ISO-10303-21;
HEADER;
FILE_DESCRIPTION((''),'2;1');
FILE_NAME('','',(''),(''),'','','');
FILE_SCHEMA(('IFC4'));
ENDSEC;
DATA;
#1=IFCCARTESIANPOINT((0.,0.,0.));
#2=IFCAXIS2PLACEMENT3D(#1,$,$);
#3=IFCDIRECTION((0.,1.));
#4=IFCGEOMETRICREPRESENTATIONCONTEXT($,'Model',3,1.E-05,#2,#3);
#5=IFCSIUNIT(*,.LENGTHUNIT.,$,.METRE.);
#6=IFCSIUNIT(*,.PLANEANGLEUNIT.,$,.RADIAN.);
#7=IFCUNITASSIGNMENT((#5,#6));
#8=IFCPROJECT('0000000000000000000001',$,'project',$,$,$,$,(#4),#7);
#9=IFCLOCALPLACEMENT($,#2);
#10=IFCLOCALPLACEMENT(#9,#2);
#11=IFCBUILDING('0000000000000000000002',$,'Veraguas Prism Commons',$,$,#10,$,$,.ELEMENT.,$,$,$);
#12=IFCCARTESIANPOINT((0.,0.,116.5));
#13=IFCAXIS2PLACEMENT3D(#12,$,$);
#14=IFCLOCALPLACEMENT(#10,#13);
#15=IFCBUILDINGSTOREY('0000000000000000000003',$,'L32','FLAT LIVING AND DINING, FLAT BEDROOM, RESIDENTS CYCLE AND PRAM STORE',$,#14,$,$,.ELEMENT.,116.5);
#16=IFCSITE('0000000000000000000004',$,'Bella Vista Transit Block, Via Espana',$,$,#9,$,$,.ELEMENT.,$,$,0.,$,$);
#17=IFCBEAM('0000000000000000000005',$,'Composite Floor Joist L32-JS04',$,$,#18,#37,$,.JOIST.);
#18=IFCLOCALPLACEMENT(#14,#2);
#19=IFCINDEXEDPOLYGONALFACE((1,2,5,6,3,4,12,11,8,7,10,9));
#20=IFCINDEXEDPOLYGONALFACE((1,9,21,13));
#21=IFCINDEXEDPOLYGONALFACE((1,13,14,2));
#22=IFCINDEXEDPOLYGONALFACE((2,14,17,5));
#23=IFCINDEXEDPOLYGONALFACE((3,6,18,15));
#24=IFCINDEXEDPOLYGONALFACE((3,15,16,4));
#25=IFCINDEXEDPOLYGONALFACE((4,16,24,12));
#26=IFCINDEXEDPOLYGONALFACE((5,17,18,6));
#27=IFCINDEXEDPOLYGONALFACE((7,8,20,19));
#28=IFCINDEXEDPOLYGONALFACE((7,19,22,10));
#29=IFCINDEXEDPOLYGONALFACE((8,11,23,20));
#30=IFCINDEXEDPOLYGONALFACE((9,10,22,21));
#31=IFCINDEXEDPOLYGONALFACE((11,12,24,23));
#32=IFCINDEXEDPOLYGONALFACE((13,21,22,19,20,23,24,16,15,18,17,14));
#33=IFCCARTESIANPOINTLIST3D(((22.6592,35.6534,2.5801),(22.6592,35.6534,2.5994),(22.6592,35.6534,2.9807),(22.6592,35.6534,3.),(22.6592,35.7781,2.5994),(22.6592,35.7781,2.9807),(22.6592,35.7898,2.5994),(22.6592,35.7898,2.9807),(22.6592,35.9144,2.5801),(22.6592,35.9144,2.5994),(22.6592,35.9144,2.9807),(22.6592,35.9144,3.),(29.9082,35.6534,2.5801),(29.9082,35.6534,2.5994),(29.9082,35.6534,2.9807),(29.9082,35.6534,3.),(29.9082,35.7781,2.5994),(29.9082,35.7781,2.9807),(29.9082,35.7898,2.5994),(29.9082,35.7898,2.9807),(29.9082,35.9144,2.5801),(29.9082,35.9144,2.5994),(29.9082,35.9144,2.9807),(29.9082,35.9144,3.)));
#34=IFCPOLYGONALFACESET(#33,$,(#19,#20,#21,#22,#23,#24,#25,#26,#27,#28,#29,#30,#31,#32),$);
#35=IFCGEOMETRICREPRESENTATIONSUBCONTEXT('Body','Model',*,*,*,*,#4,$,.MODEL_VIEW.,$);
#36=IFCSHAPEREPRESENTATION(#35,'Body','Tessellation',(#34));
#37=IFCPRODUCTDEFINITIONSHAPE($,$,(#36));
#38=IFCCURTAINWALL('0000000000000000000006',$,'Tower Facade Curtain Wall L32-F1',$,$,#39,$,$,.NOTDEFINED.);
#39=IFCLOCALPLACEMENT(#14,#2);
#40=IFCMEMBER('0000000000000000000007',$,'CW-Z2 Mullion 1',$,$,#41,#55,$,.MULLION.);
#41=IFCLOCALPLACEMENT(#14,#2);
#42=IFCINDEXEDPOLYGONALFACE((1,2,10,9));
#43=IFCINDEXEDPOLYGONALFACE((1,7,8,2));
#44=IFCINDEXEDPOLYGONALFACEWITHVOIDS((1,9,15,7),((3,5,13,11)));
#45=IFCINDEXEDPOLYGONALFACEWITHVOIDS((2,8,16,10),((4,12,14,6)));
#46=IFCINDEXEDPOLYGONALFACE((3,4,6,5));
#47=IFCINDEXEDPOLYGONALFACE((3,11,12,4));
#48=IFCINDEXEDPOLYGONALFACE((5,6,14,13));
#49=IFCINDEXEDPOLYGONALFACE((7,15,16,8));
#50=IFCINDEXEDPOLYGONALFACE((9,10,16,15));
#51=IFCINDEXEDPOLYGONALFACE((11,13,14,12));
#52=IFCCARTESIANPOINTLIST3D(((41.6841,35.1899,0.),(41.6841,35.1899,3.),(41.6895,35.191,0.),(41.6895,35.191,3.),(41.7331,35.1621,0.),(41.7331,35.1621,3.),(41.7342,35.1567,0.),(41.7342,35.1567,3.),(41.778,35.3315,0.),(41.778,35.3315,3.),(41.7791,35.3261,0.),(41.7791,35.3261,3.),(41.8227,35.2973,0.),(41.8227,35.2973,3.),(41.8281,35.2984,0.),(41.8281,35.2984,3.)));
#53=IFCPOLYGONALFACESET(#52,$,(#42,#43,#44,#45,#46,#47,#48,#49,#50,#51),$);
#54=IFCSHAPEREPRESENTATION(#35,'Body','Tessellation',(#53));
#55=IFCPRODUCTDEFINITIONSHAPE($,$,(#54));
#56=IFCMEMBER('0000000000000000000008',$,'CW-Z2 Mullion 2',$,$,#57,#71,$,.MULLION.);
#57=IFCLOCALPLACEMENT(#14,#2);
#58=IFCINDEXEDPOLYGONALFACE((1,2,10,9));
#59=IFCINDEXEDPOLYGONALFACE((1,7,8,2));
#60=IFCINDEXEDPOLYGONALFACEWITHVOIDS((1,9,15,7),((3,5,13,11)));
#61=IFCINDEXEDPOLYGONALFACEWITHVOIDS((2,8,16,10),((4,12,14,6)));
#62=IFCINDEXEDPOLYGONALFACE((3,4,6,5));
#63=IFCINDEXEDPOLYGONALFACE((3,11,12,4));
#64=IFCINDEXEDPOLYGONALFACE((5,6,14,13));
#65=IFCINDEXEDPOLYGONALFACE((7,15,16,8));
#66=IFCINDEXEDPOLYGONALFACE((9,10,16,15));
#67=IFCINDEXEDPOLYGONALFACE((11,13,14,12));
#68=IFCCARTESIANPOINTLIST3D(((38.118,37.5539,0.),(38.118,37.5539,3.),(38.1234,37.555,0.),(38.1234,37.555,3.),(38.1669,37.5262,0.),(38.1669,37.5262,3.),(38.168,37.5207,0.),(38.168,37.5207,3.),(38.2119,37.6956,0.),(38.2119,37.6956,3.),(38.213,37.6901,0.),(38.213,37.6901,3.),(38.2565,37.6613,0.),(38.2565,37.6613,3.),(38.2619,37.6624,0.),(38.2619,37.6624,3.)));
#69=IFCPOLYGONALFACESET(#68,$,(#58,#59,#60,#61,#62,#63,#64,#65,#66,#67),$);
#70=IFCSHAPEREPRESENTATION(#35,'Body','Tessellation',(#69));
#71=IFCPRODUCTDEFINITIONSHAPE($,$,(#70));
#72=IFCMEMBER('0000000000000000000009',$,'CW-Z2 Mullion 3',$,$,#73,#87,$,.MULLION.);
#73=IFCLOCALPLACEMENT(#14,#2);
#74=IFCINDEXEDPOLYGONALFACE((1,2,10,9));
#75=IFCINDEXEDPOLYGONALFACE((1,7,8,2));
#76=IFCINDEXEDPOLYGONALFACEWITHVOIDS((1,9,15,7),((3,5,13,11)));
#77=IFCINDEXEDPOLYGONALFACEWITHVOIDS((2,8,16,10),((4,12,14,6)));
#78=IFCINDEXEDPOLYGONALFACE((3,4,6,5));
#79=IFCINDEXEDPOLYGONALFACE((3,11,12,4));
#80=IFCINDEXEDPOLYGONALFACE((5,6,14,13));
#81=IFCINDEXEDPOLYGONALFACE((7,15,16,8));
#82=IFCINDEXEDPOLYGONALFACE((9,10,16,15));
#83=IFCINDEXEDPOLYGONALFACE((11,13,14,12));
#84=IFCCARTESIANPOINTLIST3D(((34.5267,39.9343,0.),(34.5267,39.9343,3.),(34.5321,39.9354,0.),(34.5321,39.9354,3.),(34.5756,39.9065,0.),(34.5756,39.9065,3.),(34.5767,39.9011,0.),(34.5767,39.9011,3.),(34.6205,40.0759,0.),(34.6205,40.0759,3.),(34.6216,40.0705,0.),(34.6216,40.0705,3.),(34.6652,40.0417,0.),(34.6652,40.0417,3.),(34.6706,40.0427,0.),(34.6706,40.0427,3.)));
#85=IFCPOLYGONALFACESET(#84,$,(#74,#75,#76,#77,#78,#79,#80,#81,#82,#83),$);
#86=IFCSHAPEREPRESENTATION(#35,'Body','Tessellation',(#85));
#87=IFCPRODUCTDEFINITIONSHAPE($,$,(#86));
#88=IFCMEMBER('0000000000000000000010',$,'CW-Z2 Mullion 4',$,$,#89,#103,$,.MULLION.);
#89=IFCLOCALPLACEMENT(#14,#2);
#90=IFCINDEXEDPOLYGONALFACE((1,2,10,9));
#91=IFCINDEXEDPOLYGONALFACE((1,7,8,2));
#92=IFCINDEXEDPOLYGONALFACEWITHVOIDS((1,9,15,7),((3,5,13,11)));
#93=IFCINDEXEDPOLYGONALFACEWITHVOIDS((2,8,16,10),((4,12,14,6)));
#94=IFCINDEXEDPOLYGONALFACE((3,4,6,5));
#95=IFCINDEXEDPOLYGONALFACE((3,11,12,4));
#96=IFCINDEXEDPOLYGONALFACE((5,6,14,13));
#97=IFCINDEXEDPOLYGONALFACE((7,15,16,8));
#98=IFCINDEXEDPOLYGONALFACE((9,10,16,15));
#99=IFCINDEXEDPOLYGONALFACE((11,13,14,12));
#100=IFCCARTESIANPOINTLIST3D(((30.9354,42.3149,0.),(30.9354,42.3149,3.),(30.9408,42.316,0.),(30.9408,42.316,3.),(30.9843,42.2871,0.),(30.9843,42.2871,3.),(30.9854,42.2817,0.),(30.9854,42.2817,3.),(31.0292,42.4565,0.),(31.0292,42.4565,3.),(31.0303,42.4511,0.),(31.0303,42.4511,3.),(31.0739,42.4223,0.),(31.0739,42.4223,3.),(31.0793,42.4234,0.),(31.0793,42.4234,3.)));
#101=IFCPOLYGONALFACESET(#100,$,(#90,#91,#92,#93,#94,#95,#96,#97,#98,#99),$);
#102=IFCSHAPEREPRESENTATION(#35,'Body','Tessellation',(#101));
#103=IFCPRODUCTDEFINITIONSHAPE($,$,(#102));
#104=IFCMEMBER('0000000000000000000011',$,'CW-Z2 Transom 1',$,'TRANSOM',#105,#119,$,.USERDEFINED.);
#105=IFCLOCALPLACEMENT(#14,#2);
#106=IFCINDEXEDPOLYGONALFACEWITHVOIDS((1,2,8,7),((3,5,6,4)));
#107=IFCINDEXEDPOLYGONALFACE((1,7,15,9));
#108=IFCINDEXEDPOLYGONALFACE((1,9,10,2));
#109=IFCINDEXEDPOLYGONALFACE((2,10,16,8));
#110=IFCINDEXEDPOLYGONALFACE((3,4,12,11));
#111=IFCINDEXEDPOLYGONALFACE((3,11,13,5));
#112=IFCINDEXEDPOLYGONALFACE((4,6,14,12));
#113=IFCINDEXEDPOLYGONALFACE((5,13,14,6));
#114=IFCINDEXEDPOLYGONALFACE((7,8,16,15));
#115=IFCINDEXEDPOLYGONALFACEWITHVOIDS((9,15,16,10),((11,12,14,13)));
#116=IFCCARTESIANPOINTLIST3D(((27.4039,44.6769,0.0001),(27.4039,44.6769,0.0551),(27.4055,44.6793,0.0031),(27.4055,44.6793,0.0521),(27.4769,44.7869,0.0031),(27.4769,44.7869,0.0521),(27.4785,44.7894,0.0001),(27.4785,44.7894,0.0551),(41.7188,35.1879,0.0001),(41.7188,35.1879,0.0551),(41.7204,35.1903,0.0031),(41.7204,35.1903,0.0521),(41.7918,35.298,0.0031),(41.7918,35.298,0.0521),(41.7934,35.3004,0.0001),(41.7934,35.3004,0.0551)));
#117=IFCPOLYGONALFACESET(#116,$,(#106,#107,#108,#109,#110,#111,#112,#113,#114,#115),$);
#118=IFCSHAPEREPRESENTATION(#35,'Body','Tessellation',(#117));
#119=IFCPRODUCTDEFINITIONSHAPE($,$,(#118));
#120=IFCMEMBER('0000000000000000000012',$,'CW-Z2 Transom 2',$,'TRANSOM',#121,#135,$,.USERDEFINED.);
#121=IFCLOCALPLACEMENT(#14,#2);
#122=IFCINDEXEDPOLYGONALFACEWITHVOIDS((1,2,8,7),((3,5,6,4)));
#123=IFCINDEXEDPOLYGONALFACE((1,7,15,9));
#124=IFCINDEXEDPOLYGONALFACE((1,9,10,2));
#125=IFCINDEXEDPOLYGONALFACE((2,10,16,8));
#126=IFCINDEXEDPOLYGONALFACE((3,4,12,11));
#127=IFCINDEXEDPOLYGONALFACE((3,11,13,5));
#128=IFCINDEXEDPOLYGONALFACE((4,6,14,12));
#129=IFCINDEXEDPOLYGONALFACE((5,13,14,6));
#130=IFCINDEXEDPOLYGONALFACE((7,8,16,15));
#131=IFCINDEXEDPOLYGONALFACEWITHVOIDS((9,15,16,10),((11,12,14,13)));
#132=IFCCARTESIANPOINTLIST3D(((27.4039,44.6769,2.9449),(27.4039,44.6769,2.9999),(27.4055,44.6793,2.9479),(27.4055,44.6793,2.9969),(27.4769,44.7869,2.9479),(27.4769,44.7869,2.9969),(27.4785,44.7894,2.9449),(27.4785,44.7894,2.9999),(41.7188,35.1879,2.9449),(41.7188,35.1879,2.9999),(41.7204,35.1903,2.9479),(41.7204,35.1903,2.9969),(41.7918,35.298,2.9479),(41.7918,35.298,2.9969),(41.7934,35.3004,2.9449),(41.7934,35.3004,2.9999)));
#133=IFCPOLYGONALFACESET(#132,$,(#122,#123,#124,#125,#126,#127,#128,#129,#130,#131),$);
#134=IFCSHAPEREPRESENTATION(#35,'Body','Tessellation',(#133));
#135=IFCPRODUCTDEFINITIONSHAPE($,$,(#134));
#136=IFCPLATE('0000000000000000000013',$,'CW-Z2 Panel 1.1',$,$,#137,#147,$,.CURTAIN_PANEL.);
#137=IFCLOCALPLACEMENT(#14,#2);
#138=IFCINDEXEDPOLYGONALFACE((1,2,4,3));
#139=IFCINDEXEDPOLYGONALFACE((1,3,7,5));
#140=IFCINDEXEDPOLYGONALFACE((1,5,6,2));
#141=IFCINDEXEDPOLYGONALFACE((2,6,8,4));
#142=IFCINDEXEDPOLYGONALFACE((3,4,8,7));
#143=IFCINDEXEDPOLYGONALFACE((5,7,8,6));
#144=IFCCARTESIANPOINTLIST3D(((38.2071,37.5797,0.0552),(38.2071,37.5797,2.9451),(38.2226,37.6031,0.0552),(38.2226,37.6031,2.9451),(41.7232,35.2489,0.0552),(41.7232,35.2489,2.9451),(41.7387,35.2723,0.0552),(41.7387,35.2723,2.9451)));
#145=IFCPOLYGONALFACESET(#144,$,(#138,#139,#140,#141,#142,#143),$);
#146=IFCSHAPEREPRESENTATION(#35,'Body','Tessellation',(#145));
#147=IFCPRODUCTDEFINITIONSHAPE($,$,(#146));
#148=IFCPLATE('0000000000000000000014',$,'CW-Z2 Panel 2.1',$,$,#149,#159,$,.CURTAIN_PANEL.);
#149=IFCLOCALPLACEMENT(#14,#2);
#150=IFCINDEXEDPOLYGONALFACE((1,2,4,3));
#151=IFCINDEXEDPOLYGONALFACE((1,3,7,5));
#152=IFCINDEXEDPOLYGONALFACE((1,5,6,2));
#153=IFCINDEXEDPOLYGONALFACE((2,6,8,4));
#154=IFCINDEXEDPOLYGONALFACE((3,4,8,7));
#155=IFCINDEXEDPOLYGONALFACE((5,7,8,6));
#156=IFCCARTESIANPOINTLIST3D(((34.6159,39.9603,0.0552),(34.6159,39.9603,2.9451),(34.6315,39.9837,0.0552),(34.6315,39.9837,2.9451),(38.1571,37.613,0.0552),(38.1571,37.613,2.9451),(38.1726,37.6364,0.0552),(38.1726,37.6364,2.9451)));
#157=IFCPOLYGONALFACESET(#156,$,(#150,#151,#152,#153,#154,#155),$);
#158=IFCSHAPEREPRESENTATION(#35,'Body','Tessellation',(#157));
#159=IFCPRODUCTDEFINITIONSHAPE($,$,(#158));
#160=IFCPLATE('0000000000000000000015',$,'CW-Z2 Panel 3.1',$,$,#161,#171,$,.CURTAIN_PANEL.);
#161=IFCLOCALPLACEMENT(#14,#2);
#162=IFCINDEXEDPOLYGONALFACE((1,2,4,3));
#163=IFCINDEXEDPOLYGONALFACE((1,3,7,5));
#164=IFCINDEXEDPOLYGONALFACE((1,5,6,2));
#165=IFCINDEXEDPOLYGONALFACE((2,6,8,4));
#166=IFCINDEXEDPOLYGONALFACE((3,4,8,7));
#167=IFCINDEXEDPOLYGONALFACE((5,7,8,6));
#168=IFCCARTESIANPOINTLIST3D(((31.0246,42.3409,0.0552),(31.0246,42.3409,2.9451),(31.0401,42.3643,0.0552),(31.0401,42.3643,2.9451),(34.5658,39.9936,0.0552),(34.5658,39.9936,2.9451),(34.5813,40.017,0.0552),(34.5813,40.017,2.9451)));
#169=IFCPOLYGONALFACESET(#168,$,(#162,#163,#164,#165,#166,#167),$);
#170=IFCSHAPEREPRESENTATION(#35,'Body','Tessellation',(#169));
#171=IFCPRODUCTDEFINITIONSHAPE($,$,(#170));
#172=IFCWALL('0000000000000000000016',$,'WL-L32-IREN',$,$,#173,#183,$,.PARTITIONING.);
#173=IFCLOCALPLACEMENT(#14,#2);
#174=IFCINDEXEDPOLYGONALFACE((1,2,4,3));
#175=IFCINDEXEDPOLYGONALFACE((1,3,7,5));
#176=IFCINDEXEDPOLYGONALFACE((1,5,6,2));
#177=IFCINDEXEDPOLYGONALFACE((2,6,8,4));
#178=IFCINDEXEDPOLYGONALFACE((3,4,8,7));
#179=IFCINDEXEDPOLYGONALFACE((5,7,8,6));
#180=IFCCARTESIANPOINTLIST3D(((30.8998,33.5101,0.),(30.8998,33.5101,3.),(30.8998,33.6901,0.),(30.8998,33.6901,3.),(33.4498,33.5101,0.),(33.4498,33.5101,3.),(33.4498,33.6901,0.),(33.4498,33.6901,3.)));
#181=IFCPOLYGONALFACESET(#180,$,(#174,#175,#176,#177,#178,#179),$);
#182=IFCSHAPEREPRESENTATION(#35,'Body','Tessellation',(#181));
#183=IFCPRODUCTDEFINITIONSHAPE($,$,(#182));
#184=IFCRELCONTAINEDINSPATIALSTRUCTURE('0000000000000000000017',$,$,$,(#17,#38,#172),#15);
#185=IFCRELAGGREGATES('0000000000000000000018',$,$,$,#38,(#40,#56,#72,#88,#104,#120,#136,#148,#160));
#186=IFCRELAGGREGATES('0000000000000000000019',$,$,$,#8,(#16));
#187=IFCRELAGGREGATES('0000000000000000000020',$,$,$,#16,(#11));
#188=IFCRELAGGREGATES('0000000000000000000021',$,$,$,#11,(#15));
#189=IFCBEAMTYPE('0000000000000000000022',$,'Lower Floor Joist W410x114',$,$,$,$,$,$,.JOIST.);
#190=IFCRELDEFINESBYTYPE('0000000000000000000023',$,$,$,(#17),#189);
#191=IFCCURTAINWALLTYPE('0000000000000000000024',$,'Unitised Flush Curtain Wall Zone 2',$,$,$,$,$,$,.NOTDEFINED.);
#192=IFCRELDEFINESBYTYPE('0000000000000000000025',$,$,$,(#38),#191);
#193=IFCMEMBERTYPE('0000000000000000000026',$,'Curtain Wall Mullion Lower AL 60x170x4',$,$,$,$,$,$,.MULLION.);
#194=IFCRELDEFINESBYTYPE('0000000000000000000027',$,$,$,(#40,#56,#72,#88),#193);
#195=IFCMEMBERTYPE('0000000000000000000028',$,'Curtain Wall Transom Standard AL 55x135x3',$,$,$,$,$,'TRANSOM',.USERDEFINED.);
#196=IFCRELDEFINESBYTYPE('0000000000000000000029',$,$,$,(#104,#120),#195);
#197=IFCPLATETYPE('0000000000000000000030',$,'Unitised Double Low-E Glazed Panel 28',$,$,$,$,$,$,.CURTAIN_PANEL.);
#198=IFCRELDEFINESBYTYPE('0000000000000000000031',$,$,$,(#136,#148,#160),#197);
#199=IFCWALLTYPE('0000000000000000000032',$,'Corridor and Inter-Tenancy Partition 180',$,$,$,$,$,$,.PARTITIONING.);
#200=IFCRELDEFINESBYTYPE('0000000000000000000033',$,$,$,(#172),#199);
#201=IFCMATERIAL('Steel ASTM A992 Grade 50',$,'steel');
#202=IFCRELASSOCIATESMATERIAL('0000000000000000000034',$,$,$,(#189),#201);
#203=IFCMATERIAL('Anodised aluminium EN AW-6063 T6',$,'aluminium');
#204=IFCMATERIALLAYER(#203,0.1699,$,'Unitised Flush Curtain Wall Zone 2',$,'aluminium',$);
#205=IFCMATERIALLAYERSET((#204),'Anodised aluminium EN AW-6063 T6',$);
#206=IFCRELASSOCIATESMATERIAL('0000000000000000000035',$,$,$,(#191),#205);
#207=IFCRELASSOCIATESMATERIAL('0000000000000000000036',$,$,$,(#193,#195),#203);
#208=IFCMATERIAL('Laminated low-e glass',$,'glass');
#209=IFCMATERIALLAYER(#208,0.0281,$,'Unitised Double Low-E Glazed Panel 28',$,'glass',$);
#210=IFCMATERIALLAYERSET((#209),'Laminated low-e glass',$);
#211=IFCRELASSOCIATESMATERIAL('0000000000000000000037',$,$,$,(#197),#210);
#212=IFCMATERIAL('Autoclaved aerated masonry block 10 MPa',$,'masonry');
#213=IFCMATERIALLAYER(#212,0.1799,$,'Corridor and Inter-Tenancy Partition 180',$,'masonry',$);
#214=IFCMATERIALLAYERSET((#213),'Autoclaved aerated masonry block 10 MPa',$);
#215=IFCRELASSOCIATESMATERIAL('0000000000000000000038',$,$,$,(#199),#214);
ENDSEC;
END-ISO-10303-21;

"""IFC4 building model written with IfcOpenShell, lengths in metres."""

from ifc_helpers import new_model, si_unit, direction, frame, frame_2d, origin, origin_2d, place, context, subcontext, project, spatial, rectangle, hollow_rectangle, i_section, extrude, source, transform, mapped, material, layer, layer_set, material_profile, profile_set, type_object, element, aggregate, save


model = new_model("IFC4")

# Units and contexts
model_context = context("Model", 3, precision=1e-05, world=origin(), true_north=direction((0.0, 1.0)))
body_context = subcontext(model_context, "Body", "Model", "MODEL_VIEW")
ifc_project = project(units=[si_unit("LENGTHUNIT", "METRE"), si_unit("PLANEANGLEUNIT", "RADIAN")], contexts=[model_context])

# Site, building, storey
site_placement = place(None, origin())
site = spatial("IfcSite", under=ifc_project, at=site_placement, Name="Bella Vista Transit Block, Via Espana", CompositionType="ELEMENT", RefElevation=0.0)
building_placement = place(site_placement, origin())
building = spatial("IfcBuilding", under=site, at=building_placement, Name="Veraguas Prism Commons", CompositionType="ELEMENT")
storey_placement = place(building_placement, frame((0.0, 0.0, 116.5)))
storey = spatial("IfcBuildingStorey", under=building, at=storey_placement, Name="L32", Description="FLAT LIVING AND DINING, FLAT BEDROOM, RESIDENTS CYCLE AND PRAM STORE", CompositionType="ELEMENT", Elevation=116.5)

# Beam
ifc_material_1 = material(Name="Steel ASTM A992 Grade 50", Category="steel")
ifc_material_profile_1 = material_profile(ifc_material_1, i_section(OverallWidth=0.261, OverallDepth=0.4199, WebThickness=0.0117, FlangeThickness=0.0193, at=origin_2d()), Name="W410X114")
ifc_profile_set_1 = profile_set([ifc_material_profile_1], Name="Steel ASTM A992 Grade 50")
beam_type = type_object("IfcBeamType", Name="Lower Floor Joist W410x114", PredefinedType="JOIST", material=ifc_profile_set_1)
beam_placement = place(storey_placement, frame((29.9082, 35.7839, 2.79), z_axis=(-1.0, 0.0, 0.0), x_axis=(0.0, -1.0, 0.0)))
element("IfcBeam", 1, at=beam_placement, inside=storey, type_object=beam_type, Name="Composite Floor Joist L32-JS04", PredefinedType="JOIST", context=body_context, shape_type="SweptSolid", body=[
    extrude(i_section(OverallWidth=0.261, OverallDepth=0.4199, WebThickness=0.0117, FlangeThickness=0.0193, at=origin_2d()), origin(), (0.0, 0.0, 1.0), 7.249),
])

# Curtain wall, members, plates
ifc_material_2 = material(Name="Anodised aluminium EN AW-6063 T6", Category="aluminium")
ifc_layer_1 = layer(ifc_material_2, 0.1699, Name="Unitised Flush Curtain Wall Zone 2", Category="aluminium")
ifc_layer_set_1 = layer_set([ifc_layer_1], Name="Anodised aluminium EN AW-6063 T6")
curtain_wall_type = type_object("IfcCurtainWallType", Name="Unitised Flush Curtain Wall Zone 2", PredefinedType="NOTDEFINED", material=ifc_layer_set_1)
curtain_wall_placement = place(storey_placement, origin())
curtain_wall = element("IfcCurtainWall", 2, at=curtain_wall_placement, inside=storey, type_object=curtain_wall_type, Name="Tower Facade Curtain Wall L32-F1", PredefinedType="NOTDEFINED")
ifc_material_profile_2 = material_profile(ifc_material_2, hollow_rectangle(XDim=0.0601, YDim=0.1699, WallThickness=0.0039, at=origin_2d()), Name="AL60X170X4")
ifc_profile_set_2 = profile_set([ifc_material_profile_2], Name="Anodised aluminium EN AW-6063 T6")
member_type_1 = type_object("IfcMemberType", Name="Curtain Wall Mullion Lower AL 60x170x4", PredefinedType="MULLION", material=ifc_profile_set_2)
shared_shape_1 = source(origin(), body_context, "Body", "SweptSolid", [
    extrude(hollow_rectangle(XDim=0.0601, YDim=0.1699, WallThickness=0.0039, at=origin_2d()), origin(), (0.0, 0.0, 1.0), 3.0),
])
member_1_placement = place(storey_placement, frame((41.7561, 35.2441, 0.0), z_axis=(0.0, 0.0, 1.0), x_axis=(-0.833504, 0.552513, 0.0)))
member_1 = element("IfcMember", 3, at=member_1_placement, type_object=member_type_1, Name="CW-Z2 Mullion 1", PredefinedType="MULLION", context=body_context, shape_type="MappedRepresentation", body=[
    mapped(shared_shape_1, transform((0.0, 0.0, 0.0), scale=1.0)),
])
member_2_placement = place(storey_placement, frame((38.1899, 37.6082, 0.0), z_axis=(0.0, 0.0, 1.0), x_axis=(-0.833504, 0.552513, 0.0)))
member_2 = element("IfcMember", 4, at=member_2_placement, type_object=member_type_1, Name="CW-Z2 Mullion 2", PredefinedType="MULLION", context=body_context, shape_type="MappedRepresentation", body=[
    mapped(shared_shape_1, transform((0.0, 0.0, 0.0), scale=1.0)),
])
member_3_placement = place(storey_placement, frame((34.5986, 39.9885, 0.0), z_axis=(0.0, 0.0, 1.0), x_axis=(-0.833504, 0.552513, 0.0)))
member_3 = element("IfcMember", 5, at=member_3_placement, type_object=member_type_1, Name="CW-Z2 Mullion 3", PredefinedType="MULLION", context=body_context, shape_type="MappedRepresentation", body=[
    mapped(shared_shape_1, transform((0.0, 0.0, 0.0), scale=1.0)),
])
member_4_placement = place(storey_placement, frame((31.0073, 42.3691, 0.0), z_axis=(0.0, 0.0, 1.0), x_axis=(-0.833504, 0.552513, 0.0)))
member_4 = element("IfcMember", 6, at=member_4_placement, type_object=member_type_1, Name="CW-Z2 Mullion 4", PredefinedType="MULLION", context=body_context, shape_type="MappedRepresentation", body=[
    mapped(shared_shape_1, transform((0.0, 0.0, 0.0), scale=1.0)),
])
ifc_material_profile_3 = material_profile(ifc_material_2, hollow_rectangle(XDim=0.0549, YDim=0.135, WallThickness=0.0029, at=origin_2d()), Name="AL55X135X3")
ifc_profile_set_3 = profile_set([ifc_material_profile_3], Name="Anodised aluminium EN AW-6063 T6")
member_type_2 = type_object("IfcMemberType", Name="Curtain Wall Transom Standard AL 55x135x3", ElementType="TRANSOM", PredefinedType="USERDEFINED", material=ifc_profile_set_3)
shared_shape_2 = source(origin(), body_context, "Body", "SweptSolid", [
    extrude(hollow_rectangle(XDim=0.0549, YDim=0.135, WallThickness=0.0029, at=origin_2d()), origin(), (0.0, 0.0, 1.0), 17.1743),
])
member_5_placement = place(storey_placement, frame((41.7561, 35.2441, 0.0276), z_axis=(-0.833506, 0.55251, 0.0), x_axis=(0.0, 0.0, 1.0)))
member_5 = element("IfcMember", 7, at=member_5_placement, type_object=member_type_2, Name="CW-Z2 Transom 1", ObjectType="TRANSOM", PredefinedType="USERDEFINED", context=body_context, shape_type="MappedRepresentation", body=[
    mapped(shared_shape_2, transform((0.0, 0.0, 0.0), scale=1.0)),
])
member_6_placement = place(storey_placement, frame((41.7561, 35.2441, 2.9724), z_axis=(-0.833506, 0.55251, 0.0), x_axis=(0.0, 0.0, 1.0)))
member_6 = element("IfcMember", 8, at=member_6_placement, type_object=member_type_2, Name="CW-Z2 Transom 2", ObjectType="TRANSOM", PredefinedType="USERDEFINED", context=body_context, shape_type="MappedRepresentation", body=[
    mapped(shared_shape_2, transform((0.0, 0.0, 0.0), scale=1.0)),
])
ifc_material_3 = material(Name="Laminated low-e glass", Category="glass")
ifc_layer_2 = layer(ifc_material_3, 0.0281, Name="Unitised Double Low-E Glazed Panel 28", Category="glass")
ifc_layer_set_2 = layer_set([ifc_layer_2], Name="Laminated low-e glass")
plate_type = type_object("IfcPlateType", Name="Unitised Double Low-E Glazed Panel 28", PredefinedType="CURTAIN_PANEL", material=ifc_layer_set_2)
shared_shape_3 = source(origin(), body_context, "Body", "SweptSolid", [
    extrude(rectangle(XDim=4.2185, YDim=0.0281, at=origin_2d()), origin(), (0.0, 0.0, 1.0), 2.8899),
])
plate_1_placement = place(storey_placement, frame((39.9729, 36.426, 0.0552), z_axis=(0.0, 0.0, 1.0), x_axis=(-0.833504, 0.552513, 0.0)))
plate_1 = element("IfcPlate", 9, at=plate_1_placement, type_object=plate_type, Name="CW-Z2 Panel 1.1", PredefinedType="CURTAIN_PANEL", context=body_context, shape_type="MappedRepresentation", body=[
    mapped(shared_shape_3, transform((0.0, 0.0, 0.0), scale=1.0)),
])
shared_shape_4 = source(origin(), body_context, "Body", "SweptSolid", [
    extrude(rectangle(XDim=4.2485, YDim=0.0281, at=origin_2d()), origin(), (0.0, 0.0, 1.0), 2.8899),
])
plate_2_placement = place(storey_placement, frame((36.3943, 38.7983, 0.0552), z_axis=(0.0, 0.0, 1.0), x_axis=(-0.833504, 0.552513, 0.0)))
plate_2 = element("IfcPlate", 10, at=plate_2_placement, type_object=plate_type, Name="CW-Z2 Panel 2.1", PredefinedType="CURTAIN_PANEL", context=body_context, shape_type="MappedRepresentation", body=[
    mapped(shared_shape_4, transform((0.0, 0.0, 0.0), scale=1.0)),
])
plate_3_placement = place(storey_placement, frame((32.803, 41.179, 0.0552), z_axis=(0.0, 0.0, 1.0), x_axis=(-0.833504, 0.552513, 0.0)))
plate_3 = element("IfcPlate", 11, at=plate_3_placement, type_object=plate_type, Name="CW-Z2 Panel 3.1", PredefinedType="CURTAIN_PANEL", context=body_context, shape_type="MappedRepresentation", body=[
    mapped(shared_shape_4, transform((0.0, 0.0, 0.0), scale=1.0)),
])
aggregate(curtain_wall, [member_1, member_2, member_3, member_4, member_5, member_6, plate_1, plate_2, plate_3])

# Wall
ifc_material_4 = material(Name="Autoclaved aerated masonry block 10 MPa", Category="masonry")
ifc_layer_3 = layer(ifc_material_4, 0.1799, Name="Corridor and Inter-Tenancy Partition 180", Category="masonry")
ifc_layer_set_3 = layer_set([ifc_layer_3], Name="Autoclaved aerated masonry block 10 MPa")
wall_type_1 = type_object("IfcWallType", Name="Corridor and Inter-Tenancy Partition 180", PredefinedType="PARTITIONING", material=ifc_layer_set_3)
wall_1_placement = place(storey_placement, frame((30.8999, 33.6001, 0.0), z_axis=(0.0, 0.0, 1.0), x_axis=(1.0, 0.0, 0.0)))
element("IfcWall", 12, at=wall_1_placement, inside=storey, type_object=wall_type_1, Name="WL-L32-IREN", PredefinedType="PARTITIONING", context=body_context, shape_type="SweptSolid", body=[
    extrude(rectangle(XDim=2.55, YDim=0.1799, at=frame_2d((1.2749, 0.0))), origin(), (0.0, 0.0, 1.0), 3.0),
])

save(model, "model.ifc")
